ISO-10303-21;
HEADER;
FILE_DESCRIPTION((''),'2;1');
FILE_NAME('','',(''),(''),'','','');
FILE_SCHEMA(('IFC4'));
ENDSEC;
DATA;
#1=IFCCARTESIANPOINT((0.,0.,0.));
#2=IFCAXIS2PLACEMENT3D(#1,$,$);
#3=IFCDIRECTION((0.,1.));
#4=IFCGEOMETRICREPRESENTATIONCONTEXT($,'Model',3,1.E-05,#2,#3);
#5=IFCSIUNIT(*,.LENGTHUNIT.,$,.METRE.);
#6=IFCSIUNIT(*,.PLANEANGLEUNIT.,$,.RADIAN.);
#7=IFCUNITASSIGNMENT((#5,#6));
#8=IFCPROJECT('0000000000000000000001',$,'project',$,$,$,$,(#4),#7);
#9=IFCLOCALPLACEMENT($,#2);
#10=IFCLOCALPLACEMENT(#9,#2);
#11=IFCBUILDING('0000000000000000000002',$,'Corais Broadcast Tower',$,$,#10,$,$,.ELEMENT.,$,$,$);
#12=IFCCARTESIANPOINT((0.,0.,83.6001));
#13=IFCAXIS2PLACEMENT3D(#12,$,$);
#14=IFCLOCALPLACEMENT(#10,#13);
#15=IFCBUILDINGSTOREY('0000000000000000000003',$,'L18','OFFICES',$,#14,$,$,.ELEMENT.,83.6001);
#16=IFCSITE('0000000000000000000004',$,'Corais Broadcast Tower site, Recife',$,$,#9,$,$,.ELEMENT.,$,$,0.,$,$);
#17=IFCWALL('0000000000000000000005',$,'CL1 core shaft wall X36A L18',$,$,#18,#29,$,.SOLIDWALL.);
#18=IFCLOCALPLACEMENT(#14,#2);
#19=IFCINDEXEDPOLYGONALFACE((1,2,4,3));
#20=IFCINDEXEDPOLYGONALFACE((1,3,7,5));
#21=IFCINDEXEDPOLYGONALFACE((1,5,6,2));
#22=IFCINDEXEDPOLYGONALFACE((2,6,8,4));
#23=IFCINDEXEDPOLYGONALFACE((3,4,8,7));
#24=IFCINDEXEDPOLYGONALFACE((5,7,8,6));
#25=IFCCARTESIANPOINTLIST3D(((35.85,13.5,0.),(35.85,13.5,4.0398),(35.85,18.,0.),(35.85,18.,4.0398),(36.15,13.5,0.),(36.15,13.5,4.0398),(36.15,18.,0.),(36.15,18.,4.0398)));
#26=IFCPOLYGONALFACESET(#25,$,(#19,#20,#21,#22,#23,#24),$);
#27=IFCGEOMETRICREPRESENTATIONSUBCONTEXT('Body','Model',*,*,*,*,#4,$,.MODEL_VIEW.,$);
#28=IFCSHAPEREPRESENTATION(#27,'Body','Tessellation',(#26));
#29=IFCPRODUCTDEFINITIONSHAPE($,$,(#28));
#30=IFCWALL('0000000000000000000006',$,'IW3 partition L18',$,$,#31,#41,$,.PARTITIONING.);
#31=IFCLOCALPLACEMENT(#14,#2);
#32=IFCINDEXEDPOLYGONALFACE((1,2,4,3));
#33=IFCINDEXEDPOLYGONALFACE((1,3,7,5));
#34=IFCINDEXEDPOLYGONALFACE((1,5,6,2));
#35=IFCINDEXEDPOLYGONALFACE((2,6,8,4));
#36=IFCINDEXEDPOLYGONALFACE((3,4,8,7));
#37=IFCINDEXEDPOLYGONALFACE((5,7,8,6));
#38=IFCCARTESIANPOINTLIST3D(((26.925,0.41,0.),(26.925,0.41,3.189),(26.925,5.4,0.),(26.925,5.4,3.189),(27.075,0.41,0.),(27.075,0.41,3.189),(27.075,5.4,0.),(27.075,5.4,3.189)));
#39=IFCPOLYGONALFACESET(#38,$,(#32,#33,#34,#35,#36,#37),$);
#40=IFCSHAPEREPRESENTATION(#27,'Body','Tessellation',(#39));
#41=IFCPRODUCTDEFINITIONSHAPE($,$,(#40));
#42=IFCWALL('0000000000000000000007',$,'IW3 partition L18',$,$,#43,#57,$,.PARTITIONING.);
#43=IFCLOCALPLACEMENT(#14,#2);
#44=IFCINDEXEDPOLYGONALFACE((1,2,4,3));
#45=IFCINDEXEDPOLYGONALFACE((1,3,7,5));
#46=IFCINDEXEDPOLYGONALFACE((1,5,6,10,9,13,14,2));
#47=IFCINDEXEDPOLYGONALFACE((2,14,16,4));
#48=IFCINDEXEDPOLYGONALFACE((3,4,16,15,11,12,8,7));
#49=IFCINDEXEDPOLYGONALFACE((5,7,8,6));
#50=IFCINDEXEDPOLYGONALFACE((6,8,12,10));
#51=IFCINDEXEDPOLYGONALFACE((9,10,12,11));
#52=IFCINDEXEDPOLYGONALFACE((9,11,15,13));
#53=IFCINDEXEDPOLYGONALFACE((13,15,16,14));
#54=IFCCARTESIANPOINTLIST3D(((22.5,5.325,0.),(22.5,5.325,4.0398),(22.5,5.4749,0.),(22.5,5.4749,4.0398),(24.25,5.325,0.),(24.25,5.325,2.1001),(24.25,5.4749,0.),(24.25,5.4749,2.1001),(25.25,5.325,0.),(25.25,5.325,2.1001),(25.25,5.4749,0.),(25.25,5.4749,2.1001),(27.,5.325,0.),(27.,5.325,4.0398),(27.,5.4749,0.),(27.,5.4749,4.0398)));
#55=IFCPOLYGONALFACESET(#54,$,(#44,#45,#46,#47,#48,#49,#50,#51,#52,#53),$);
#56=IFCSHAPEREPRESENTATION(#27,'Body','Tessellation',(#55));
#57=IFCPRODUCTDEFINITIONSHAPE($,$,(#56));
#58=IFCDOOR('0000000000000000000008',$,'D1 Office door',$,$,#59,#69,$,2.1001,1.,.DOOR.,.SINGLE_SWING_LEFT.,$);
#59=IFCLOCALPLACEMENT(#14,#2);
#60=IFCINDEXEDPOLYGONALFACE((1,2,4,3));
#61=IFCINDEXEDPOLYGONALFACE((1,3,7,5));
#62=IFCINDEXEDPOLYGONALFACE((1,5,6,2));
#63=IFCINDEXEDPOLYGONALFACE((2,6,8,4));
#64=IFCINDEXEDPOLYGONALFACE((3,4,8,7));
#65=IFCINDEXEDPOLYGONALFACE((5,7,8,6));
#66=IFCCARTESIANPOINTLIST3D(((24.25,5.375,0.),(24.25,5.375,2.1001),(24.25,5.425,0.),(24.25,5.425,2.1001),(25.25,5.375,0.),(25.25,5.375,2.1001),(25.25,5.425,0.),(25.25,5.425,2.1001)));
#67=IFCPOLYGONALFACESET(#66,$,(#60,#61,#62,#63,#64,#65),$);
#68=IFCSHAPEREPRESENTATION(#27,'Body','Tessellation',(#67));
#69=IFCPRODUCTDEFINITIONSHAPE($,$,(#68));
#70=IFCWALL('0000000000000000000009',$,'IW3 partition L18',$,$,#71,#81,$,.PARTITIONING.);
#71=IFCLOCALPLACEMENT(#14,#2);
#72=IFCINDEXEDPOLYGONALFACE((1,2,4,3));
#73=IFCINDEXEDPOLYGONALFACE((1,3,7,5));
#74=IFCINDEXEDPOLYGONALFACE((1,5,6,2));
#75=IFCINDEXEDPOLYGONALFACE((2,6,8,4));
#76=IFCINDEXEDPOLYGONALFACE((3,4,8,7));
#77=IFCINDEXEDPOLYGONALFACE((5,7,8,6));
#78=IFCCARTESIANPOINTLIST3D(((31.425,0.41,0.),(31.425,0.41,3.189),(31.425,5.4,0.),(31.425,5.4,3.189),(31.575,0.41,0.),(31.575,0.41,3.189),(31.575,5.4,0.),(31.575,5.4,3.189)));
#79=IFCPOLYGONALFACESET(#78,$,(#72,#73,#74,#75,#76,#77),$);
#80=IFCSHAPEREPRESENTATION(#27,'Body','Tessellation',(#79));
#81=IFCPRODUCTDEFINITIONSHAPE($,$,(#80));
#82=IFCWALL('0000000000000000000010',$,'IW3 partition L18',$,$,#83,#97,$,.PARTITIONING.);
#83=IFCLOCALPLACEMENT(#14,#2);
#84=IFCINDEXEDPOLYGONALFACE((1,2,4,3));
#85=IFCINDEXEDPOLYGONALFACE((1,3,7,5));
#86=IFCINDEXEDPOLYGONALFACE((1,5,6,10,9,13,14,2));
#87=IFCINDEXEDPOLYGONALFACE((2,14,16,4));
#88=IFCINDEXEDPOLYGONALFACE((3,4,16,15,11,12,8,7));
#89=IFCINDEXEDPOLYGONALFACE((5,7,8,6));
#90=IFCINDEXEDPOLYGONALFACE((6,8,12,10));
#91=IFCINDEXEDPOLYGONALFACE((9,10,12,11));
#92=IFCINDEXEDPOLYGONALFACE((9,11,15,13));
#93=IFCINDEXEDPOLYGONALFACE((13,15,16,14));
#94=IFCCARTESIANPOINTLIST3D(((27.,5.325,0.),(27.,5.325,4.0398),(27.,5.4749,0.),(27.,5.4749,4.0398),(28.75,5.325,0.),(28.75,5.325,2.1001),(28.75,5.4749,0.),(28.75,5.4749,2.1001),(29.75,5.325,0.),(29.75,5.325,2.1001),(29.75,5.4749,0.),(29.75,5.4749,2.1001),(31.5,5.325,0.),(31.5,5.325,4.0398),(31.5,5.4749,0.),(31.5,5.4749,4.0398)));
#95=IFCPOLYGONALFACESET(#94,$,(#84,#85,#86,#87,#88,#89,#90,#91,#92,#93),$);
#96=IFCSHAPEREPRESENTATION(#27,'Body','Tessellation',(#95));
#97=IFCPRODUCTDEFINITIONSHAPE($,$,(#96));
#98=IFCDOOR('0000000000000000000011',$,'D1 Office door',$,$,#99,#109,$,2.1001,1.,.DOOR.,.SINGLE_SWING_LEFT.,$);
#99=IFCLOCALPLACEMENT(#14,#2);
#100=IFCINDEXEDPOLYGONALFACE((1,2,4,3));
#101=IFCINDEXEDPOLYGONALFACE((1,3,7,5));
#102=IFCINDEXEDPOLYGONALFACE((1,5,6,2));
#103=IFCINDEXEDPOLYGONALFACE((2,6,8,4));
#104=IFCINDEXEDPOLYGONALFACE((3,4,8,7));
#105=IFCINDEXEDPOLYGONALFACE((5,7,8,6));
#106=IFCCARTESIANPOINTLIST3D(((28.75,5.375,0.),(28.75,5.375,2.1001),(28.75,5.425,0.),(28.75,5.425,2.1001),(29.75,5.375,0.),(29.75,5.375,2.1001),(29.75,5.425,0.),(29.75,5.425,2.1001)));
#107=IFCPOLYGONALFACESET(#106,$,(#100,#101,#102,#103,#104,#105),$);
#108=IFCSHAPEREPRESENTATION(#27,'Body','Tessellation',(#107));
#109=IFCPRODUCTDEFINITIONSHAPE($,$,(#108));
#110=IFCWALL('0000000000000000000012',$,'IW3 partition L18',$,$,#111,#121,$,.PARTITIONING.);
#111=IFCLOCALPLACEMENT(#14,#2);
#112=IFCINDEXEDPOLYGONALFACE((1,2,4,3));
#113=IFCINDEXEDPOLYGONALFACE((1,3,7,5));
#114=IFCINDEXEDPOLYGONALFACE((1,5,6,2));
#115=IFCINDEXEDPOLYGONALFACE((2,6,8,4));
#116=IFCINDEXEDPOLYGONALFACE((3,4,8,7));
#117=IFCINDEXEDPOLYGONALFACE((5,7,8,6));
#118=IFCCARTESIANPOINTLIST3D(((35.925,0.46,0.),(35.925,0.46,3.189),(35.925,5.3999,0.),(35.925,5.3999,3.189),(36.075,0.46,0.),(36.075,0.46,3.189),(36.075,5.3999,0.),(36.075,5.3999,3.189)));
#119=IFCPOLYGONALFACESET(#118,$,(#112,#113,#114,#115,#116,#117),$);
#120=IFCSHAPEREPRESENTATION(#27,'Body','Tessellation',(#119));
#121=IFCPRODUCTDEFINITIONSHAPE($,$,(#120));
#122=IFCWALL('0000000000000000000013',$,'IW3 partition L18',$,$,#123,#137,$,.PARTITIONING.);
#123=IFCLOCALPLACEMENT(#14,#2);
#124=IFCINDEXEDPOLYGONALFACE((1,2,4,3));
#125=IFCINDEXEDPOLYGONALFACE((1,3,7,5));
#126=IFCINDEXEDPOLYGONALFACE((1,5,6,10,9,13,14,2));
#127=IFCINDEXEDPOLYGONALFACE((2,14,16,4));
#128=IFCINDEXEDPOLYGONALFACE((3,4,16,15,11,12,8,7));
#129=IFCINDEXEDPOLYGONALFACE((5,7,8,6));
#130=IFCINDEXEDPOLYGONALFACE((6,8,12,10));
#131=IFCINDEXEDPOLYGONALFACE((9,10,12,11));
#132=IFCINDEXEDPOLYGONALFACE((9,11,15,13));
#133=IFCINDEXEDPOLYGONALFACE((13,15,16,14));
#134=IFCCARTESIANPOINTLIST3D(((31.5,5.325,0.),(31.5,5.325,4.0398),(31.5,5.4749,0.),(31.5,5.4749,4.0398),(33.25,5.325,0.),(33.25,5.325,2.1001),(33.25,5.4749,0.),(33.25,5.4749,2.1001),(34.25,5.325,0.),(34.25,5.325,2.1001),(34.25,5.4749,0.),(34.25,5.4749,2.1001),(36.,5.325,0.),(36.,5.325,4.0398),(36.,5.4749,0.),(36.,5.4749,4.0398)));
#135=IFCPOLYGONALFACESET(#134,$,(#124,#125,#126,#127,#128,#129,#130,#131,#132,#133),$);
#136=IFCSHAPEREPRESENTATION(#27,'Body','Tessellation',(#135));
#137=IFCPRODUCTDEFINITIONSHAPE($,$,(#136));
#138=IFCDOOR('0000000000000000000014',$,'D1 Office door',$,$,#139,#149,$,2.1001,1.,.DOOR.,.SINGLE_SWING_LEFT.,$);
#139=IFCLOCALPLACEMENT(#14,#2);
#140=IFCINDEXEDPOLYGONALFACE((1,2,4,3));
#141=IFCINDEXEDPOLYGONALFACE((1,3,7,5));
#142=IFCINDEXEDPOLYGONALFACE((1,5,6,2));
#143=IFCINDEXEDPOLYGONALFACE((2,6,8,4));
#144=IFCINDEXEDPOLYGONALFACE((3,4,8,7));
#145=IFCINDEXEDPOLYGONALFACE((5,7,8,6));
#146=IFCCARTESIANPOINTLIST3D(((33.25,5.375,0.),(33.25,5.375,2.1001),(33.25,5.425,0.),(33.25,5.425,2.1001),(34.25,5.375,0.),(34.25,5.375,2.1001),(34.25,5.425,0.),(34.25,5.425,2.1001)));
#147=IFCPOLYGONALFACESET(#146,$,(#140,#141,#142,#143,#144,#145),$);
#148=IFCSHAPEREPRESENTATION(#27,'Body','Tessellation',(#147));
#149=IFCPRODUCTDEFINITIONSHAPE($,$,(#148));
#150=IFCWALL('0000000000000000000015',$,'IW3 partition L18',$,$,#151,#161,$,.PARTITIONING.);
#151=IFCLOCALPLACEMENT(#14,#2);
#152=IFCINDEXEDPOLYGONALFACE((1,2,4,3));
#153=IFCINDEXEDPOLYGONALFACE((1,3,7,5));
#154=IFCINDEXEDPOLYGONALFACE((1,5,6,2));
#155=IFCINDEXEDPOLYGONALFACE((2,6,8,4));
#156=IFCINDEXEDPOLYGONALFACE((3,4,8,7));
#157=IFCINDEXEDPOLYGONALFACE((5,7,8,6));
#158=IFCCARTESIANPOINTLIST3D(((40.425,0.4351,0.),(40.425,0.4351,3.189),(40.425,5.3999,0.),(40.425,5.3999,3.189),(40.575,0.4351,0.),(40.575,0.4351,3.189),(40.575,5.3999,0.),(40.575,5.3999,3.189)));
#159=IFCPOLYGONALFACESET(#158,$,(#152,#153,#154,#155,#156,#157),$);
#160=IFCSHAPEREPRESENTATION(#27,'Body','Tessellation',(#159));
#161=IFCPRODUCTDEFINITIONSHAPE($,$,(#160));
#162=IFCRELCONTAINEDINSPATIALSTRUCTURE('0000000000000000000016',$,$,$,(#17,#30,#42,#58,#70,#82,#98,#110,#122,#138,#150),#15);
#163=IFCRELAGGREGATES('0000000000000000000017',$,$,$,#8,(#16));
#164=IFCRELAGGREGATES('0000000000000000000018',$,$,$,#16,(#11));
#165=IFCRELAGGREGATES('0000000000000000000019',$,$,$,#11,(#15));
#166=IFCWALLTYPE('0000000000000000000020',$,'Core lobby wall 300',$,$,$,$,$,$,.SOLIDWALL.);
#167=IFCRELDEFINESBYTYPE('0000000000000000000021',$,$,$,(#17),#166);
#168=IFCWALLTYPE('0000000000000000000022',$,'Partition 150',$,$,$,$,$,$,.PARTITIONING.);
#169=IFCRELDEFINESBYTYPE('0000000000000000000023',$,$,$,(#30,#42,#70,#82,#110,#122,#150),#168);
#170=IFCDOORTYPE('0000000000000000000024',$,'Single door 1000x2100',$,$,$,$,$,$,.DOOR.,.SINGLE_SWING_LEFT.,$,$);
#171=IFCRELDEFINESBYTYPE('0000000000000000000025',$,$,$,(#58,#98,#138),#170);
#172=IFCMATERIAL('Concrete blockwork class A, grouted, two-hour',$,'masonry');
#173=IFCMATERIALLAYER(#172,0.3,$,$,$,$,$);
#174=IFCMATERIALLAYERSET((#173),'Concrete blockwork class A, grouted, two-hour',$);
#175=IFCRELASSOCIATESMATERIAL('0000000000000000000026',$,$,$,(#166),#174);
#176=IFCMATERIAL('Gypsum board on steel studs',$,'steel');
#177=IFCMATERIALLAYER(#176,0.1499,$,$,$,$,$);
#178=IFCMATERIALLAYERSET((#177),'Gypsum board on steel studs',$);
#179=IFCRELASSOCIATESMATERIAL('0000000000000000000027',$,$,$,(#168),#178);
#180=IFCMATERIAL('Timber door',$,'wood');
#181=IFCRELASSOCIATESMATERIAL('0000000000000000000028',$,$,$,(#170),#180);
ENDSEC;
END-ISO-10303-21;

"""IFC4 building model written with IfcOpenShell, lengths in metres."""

from ifc_helpers import new_model, si_unit, direction, frame, frame_2d, origin, place, context, subcontext, project, spatial, rectangle, extrude, material, layer, layer_set, type_object, element, fill, save


model = new_model("IFC4")

# Units and contexts
model_context = context("Model", 3, precision=1e-05, world=origin(), true_north=direction((0.0, 1.0)))
body_context = subcontext(model_context, "Body", "Model", "MODEL_VIEW")
ifc_project = project(units=[si_unit("LENGTHUNIT", "METRE"), si_unit("PLANEANGLEUNIT", "RADIAN")], contexts=[model_context])

# Site, building, storey
site_placement = place(None, origin())
site = spatial("IfcSite", under=ifc_project, at=site_placement, Name="Corais Broadcast Tower site, Recife", CompositionType="ELEMENT", RefElevation=0.0)
building_placement = place(site_placement, origin())
building = spatial("IfcBuilding", under=site, at=building_placement, Name="Corais Broadcast Tower", CompositionType="ELEMENT")
storey_placement = place(building_placement, frame((0.0, 0.0, 83.6001)))
storey = spatial("IfcBuildingStorey", under=building, at=storey_placement, Name="L18", Description="OFFICES", CompositionType="ELEMENT", Elevation=83.6001)

# Walls
ifc_material_1 = material(Name="Concrete blockwork class A, grouted, two-hour", Category="masonry")
ifc_layer_1 = layer(ifc_material_1, 0.3)
ifc_layer_set_1 = layer_set([ifc_layer_1], Name="Concrete blockwork class A, grouted, two-hour")
wall_type_1 = type_object("IfcWallType", Name="Core lobby wall 300", PredefinedType="SOLIDWALL", material=ifc_layer_set_1)
wall_1_placement = place(storey_placement, frame((36.0, 13.5, 0.0), z_axis=(0.0, 0.0, 1.0), x_axis=(0.0, 1.0, 0.0)))
element("IfcWall", 1, at=wall_1_placement, inside=storey, type_object=wall_type_1, Name="CL1 core shaft wall X36A L18", PredefinedType="SOLIDWALL", context=body_context, shape_type="SweptSolid", body=[
    extrude(rectangle(XDim=4.5, YDim=0.3, at=frame_2d((2.25, 0.0))), origin(), (0.0, 0.0, 1.0), 4.0398),
])
ifc_material_2 = material(Name="Gypsum board on steel studs", Category="steel")
ifc_layer_2 = layer(ifc_material_2, 0.1499)
ifc_layer_set_2 = layer_set([ifc_layer_2], Name="Gypsum board on steel studs")
wall_type_2 = type_object("IfcWallType", Name="Partition 150", PredefinedType="PARTITIONING", material=ifc_layer_set_2)
wall_2_placement = place(storey_placement, frame((27.0, 0.4099, 0.0), z_axis=(0.0, 0.0, 1.0), x_axis=(0.0, 1.0, 0.0)))
element("IfcWall", 2, at=wall_2_placement, inside=storey, type_object=wall_type_2, Name="IW3 partition L18", PredefinedType="PARTITIONING", context=body_context, shape_type="SweptSolid", body=[
    extrude(rectangle(XDim=4.99, YDim=0.1499, at=frame_2d((2.4951, 0.0))), origin(), (0.0, 0.0, 1.0), 3.189),
])

# Wall, opening, door
wall_3_placement = place(storey_placement, frame((27.0, 5.3999, 0.0), z_axis=(0.0, 0.0, 1.0), x_axis=(-1.0, 0.0, 0.0)))
wall_3 = element("IfcWall", 3, at=wall_3_placement, inside=storey, type_object=wall_type_2, Name="IW3 partition L18", PredefinedType="PARTITIONING", context=body_context, shape_type="SweptSolid", body=[
    extrude(rectangle(XDim=4.5, YDim=0.1499, at=frame_2d((2.25, 0.0))), origin(), (0.0, 0.0, 1.0), 4.0398),
])
opening_1_placement = place(wall_3_placement, frame((1.75, 0.0, 0.0)))
opening_1 = element("IfcOpeningElement", 4, at=opening_1_placement, cuts=wall_3, PredefinedType="OPENING", context=body_context, shape_type="SweptSolid", body=[
    extrude(rectangle(XDim=1.0, YDim=2.1001, at=frame_2d((0.5, 1.05))), frame((0.0, 0.085, 0.0), z_axis=(0.0, -1.0, 0.0), x_axis=(1.0, 0.0, 0.0)), (0.0, 0.0, 1.0), 0.1699),
])
ifc_material_3 = material(Name="Timber door", Category="wood")
door_type = type_object("IfcDoorType", Name="Single door 1000x2100", OperationType="SINGLE_SWING_LEFT", PredefinedType="DOOR", material=ifc_material_3)
door_1_placement = place(opening_1_placement, origin())
door_1 = element("IfcDoor", 5, at=door_1_placement, inside=storey, type_object=door_type, Name="D1 Office door", OperationType="SINGLE_SWING_LEFT", OverallHeight=2.1001, OverallWidth=1.0, PredefinedType="DOOR", context=body_context, shape_type="SweptSolid", body=[
    extrude(rectangle(XDim=1.0, YDim=2.1001, at=frame_2d((0.5, 1.05))), frame((0.0, 0.0249, 0.0), z_axis=(0.0, -1.0, 0.0), x_axis=(1.0, 0.0, 0.0)), (0.0, 0.0, 1.0), 0.05),
])
fill(opening_1, door_1)

# Wall
wall_4_placement = place(storey_placement, frame((31.5, 0.4099, 0.0), z_axis=(0.0, 0.0, 1.0), x_axis=(0.0, 1.0, 0.0)))
element("IfcWall", 6, at=wall_4_placement, inside=storey, type_object=wall_type_2, Name="IW3 partition L18", PredefinedType="PARTITIONING", context=body_context, shape_type="SweptSolid", body=[
    extrude(rectangle(XDim=4.99, YDim=0.1499, at=frame_2d((2.4951, 0.0))), origin(), (0.0, 0.0, 1.0), 3.189),
])

# Wall, opening, door
wall_5_placement = place(storey_placement, frame((31.5, 5.3999, 0.0), z_axis=(0.0, 0.0, 1.0), x_axis=(-1.0, 0.0, 0.0)))
wall_5 = element("IfcWall", 7, at=wall_5_placement, inside=storey, type_object=wall_type_2, Name="IW3 partition L18", PredefinedType="PARTITIONING", context=body_context, shape_type="SweptSolid", body=[
    extrude(rectangle(XDim=4.5, YDim=0.1499, at=frame_2d((2.25, 0.0))), origin(), (0.0, 0.0, 1.0), 4.0398),
])
opening_2_placement = place(wall_5_placement, frame((1.75, 0.0, 0.0)))
opening_2 = element("IfcOpeningElement", 8, at=opening_2_placement, cuts=wall_5, PredefinedType="OPENING", context=body_context, shape_type="SweptSolid", body=[
    extrude(rectangle(XDim=1.0, YDim=2.1001, at=frame_2d((0.5, 1.05))), frame((0.0, 0.085, 0.0), z_axis=(0.0, -1.0, 0.0), x_axis=(1.0, 0.0, 0.0)), (0.0, 0.0, 1.0), 0.1699),
])
door_2_placement = place(opening_2_placement, origin())
door_2 = element("IfcDoor", 9, at=door_2_placement, inside=storey, type_object=door_type, Name="D1 Office door", OperationType="SINGLE_SWING_LEFT", OverallHeight=2.1001, OverallWidth=1.0, PredefinedType="DOOR", context=body_context, shape_type="SweptSolid", body=[
    extrude(rectangle(XDim=1.0, YDim=2.1001, at=frame_2d((0.5, 1.05))), frame((0.0, 0.0249, 0.0), z_axis=(0.0, -1.0, 0.0), x_axis=(1.0, 0.0, 0.0)), (0.0, 0.0, 1.0), 0.05),
])
fill(opening_2, door_2)

# Wall
wall_6_placement = place(storey_placement, frame((36.0, 0.46, 0.0), z_axis=(0.0, 0.0, 1.0), x_axis=(0.0, 1.0, 0.0)))
element("IfcWall", 10, at=wall_6_placement, inside=storey, type_object=wall_type_2, Name="IW3 partition L18", PredefinedType="PARTITIONING", context=body_context, shape_type="SweptSolid", body=[
    extrude(rectangle(XDim=4.9399, YDim=0.1499, at=frame_2d((2.47, 0.0))), origin(), (0.0, 0.0, 1.0), 3.189),
])

# Wall, opening, door
wall_7_placement = place(storey_placement, frame((36.0, 5.3999, 0.0), z_axis=(0.0, 0.0, 1.0), x_axis=(-1.0, 0.0, 0.0)))
wall_7 = element("IfcWall", 11, at=wall_7_placement, inside=storey, type_object=wall_type_2, Name="IW3 partition L18", PredefinedType="PARTITIONING", context=body_context, shape_type="SweptSolid", body=[
    extrude(rectangle(XDim=4.5, YDim=0.1499, at=frame_2d((2.25, 0.0))), origin(), (0.0, 0.0, 1.0), 4.0398),
])
opening_3_placement = place(wall_7_placement, frame((1.75, 0.0, 0.0)))
opening_3 = element("IfcOpeningElement", 12, at=opening_3_placement, cuts=wall_7, PredefinedType="OPENING", context=body_context, shape_type="SweptSolid", body=[
    extrude(rectangle(XDim=1.0, YDim=2.1001, at=frame_2d((0.5, 1.05))), frame((0.0, 0.085, 0.0), z_axis=(0.0, -1.0, 0.0), x_axis=(1.0, 0.0, 0.0)), (0.0, 0.0, 1.0), 0.1699),
])
door_3_placement = place(opening_3_placement, origin())
door_3 = element("IfcDoor", 13, at=door_3_placement, inside=storey, type_object=door_type, Name="D1 Office door", OperationType="SINGLE_SWING_LEFT", OverallHeight=2.1001, OverallWidth=1.0, PredefinedType="DOOR", context=body_context, shape_type="SweptSolid", body=[
    extrude(rectangle(XDim=1.0, YDim=2.1001, at=frame_2d((0.5, 1.05))), frame((0.0, 0.0249, 0.0), z_axis=(0.0, -1.0, 0.0), x_axis=(1.0, 0.0, 0.0)), (0.0, 0.0, 1.0), 0.05),
])
fill(opening_3, door_3)

# Wall
wall_8_placement = place(storey_placement, frame((40.5, 0.4351, 0.0), z_axis=(0.0, 0.0, 1.0), x_axis=(0.0, 1.0, 0.0)))
element("IfcWall", 14, at=wall_8_placement, inside=storey, type_object=wall_type_2, Name="IW3 partition L18", PredefinedType="PARTITIONING", context=body_context, shape_type="SweptSolid", body=[
    extrude(rectangle(XDim=4.9648, YDim=0.1499, at=frame_2d((2.4824, 0.0))), origin(), (0.0, 0.0, 1.0), 3.189),
])

save(model, "model.ifc")
